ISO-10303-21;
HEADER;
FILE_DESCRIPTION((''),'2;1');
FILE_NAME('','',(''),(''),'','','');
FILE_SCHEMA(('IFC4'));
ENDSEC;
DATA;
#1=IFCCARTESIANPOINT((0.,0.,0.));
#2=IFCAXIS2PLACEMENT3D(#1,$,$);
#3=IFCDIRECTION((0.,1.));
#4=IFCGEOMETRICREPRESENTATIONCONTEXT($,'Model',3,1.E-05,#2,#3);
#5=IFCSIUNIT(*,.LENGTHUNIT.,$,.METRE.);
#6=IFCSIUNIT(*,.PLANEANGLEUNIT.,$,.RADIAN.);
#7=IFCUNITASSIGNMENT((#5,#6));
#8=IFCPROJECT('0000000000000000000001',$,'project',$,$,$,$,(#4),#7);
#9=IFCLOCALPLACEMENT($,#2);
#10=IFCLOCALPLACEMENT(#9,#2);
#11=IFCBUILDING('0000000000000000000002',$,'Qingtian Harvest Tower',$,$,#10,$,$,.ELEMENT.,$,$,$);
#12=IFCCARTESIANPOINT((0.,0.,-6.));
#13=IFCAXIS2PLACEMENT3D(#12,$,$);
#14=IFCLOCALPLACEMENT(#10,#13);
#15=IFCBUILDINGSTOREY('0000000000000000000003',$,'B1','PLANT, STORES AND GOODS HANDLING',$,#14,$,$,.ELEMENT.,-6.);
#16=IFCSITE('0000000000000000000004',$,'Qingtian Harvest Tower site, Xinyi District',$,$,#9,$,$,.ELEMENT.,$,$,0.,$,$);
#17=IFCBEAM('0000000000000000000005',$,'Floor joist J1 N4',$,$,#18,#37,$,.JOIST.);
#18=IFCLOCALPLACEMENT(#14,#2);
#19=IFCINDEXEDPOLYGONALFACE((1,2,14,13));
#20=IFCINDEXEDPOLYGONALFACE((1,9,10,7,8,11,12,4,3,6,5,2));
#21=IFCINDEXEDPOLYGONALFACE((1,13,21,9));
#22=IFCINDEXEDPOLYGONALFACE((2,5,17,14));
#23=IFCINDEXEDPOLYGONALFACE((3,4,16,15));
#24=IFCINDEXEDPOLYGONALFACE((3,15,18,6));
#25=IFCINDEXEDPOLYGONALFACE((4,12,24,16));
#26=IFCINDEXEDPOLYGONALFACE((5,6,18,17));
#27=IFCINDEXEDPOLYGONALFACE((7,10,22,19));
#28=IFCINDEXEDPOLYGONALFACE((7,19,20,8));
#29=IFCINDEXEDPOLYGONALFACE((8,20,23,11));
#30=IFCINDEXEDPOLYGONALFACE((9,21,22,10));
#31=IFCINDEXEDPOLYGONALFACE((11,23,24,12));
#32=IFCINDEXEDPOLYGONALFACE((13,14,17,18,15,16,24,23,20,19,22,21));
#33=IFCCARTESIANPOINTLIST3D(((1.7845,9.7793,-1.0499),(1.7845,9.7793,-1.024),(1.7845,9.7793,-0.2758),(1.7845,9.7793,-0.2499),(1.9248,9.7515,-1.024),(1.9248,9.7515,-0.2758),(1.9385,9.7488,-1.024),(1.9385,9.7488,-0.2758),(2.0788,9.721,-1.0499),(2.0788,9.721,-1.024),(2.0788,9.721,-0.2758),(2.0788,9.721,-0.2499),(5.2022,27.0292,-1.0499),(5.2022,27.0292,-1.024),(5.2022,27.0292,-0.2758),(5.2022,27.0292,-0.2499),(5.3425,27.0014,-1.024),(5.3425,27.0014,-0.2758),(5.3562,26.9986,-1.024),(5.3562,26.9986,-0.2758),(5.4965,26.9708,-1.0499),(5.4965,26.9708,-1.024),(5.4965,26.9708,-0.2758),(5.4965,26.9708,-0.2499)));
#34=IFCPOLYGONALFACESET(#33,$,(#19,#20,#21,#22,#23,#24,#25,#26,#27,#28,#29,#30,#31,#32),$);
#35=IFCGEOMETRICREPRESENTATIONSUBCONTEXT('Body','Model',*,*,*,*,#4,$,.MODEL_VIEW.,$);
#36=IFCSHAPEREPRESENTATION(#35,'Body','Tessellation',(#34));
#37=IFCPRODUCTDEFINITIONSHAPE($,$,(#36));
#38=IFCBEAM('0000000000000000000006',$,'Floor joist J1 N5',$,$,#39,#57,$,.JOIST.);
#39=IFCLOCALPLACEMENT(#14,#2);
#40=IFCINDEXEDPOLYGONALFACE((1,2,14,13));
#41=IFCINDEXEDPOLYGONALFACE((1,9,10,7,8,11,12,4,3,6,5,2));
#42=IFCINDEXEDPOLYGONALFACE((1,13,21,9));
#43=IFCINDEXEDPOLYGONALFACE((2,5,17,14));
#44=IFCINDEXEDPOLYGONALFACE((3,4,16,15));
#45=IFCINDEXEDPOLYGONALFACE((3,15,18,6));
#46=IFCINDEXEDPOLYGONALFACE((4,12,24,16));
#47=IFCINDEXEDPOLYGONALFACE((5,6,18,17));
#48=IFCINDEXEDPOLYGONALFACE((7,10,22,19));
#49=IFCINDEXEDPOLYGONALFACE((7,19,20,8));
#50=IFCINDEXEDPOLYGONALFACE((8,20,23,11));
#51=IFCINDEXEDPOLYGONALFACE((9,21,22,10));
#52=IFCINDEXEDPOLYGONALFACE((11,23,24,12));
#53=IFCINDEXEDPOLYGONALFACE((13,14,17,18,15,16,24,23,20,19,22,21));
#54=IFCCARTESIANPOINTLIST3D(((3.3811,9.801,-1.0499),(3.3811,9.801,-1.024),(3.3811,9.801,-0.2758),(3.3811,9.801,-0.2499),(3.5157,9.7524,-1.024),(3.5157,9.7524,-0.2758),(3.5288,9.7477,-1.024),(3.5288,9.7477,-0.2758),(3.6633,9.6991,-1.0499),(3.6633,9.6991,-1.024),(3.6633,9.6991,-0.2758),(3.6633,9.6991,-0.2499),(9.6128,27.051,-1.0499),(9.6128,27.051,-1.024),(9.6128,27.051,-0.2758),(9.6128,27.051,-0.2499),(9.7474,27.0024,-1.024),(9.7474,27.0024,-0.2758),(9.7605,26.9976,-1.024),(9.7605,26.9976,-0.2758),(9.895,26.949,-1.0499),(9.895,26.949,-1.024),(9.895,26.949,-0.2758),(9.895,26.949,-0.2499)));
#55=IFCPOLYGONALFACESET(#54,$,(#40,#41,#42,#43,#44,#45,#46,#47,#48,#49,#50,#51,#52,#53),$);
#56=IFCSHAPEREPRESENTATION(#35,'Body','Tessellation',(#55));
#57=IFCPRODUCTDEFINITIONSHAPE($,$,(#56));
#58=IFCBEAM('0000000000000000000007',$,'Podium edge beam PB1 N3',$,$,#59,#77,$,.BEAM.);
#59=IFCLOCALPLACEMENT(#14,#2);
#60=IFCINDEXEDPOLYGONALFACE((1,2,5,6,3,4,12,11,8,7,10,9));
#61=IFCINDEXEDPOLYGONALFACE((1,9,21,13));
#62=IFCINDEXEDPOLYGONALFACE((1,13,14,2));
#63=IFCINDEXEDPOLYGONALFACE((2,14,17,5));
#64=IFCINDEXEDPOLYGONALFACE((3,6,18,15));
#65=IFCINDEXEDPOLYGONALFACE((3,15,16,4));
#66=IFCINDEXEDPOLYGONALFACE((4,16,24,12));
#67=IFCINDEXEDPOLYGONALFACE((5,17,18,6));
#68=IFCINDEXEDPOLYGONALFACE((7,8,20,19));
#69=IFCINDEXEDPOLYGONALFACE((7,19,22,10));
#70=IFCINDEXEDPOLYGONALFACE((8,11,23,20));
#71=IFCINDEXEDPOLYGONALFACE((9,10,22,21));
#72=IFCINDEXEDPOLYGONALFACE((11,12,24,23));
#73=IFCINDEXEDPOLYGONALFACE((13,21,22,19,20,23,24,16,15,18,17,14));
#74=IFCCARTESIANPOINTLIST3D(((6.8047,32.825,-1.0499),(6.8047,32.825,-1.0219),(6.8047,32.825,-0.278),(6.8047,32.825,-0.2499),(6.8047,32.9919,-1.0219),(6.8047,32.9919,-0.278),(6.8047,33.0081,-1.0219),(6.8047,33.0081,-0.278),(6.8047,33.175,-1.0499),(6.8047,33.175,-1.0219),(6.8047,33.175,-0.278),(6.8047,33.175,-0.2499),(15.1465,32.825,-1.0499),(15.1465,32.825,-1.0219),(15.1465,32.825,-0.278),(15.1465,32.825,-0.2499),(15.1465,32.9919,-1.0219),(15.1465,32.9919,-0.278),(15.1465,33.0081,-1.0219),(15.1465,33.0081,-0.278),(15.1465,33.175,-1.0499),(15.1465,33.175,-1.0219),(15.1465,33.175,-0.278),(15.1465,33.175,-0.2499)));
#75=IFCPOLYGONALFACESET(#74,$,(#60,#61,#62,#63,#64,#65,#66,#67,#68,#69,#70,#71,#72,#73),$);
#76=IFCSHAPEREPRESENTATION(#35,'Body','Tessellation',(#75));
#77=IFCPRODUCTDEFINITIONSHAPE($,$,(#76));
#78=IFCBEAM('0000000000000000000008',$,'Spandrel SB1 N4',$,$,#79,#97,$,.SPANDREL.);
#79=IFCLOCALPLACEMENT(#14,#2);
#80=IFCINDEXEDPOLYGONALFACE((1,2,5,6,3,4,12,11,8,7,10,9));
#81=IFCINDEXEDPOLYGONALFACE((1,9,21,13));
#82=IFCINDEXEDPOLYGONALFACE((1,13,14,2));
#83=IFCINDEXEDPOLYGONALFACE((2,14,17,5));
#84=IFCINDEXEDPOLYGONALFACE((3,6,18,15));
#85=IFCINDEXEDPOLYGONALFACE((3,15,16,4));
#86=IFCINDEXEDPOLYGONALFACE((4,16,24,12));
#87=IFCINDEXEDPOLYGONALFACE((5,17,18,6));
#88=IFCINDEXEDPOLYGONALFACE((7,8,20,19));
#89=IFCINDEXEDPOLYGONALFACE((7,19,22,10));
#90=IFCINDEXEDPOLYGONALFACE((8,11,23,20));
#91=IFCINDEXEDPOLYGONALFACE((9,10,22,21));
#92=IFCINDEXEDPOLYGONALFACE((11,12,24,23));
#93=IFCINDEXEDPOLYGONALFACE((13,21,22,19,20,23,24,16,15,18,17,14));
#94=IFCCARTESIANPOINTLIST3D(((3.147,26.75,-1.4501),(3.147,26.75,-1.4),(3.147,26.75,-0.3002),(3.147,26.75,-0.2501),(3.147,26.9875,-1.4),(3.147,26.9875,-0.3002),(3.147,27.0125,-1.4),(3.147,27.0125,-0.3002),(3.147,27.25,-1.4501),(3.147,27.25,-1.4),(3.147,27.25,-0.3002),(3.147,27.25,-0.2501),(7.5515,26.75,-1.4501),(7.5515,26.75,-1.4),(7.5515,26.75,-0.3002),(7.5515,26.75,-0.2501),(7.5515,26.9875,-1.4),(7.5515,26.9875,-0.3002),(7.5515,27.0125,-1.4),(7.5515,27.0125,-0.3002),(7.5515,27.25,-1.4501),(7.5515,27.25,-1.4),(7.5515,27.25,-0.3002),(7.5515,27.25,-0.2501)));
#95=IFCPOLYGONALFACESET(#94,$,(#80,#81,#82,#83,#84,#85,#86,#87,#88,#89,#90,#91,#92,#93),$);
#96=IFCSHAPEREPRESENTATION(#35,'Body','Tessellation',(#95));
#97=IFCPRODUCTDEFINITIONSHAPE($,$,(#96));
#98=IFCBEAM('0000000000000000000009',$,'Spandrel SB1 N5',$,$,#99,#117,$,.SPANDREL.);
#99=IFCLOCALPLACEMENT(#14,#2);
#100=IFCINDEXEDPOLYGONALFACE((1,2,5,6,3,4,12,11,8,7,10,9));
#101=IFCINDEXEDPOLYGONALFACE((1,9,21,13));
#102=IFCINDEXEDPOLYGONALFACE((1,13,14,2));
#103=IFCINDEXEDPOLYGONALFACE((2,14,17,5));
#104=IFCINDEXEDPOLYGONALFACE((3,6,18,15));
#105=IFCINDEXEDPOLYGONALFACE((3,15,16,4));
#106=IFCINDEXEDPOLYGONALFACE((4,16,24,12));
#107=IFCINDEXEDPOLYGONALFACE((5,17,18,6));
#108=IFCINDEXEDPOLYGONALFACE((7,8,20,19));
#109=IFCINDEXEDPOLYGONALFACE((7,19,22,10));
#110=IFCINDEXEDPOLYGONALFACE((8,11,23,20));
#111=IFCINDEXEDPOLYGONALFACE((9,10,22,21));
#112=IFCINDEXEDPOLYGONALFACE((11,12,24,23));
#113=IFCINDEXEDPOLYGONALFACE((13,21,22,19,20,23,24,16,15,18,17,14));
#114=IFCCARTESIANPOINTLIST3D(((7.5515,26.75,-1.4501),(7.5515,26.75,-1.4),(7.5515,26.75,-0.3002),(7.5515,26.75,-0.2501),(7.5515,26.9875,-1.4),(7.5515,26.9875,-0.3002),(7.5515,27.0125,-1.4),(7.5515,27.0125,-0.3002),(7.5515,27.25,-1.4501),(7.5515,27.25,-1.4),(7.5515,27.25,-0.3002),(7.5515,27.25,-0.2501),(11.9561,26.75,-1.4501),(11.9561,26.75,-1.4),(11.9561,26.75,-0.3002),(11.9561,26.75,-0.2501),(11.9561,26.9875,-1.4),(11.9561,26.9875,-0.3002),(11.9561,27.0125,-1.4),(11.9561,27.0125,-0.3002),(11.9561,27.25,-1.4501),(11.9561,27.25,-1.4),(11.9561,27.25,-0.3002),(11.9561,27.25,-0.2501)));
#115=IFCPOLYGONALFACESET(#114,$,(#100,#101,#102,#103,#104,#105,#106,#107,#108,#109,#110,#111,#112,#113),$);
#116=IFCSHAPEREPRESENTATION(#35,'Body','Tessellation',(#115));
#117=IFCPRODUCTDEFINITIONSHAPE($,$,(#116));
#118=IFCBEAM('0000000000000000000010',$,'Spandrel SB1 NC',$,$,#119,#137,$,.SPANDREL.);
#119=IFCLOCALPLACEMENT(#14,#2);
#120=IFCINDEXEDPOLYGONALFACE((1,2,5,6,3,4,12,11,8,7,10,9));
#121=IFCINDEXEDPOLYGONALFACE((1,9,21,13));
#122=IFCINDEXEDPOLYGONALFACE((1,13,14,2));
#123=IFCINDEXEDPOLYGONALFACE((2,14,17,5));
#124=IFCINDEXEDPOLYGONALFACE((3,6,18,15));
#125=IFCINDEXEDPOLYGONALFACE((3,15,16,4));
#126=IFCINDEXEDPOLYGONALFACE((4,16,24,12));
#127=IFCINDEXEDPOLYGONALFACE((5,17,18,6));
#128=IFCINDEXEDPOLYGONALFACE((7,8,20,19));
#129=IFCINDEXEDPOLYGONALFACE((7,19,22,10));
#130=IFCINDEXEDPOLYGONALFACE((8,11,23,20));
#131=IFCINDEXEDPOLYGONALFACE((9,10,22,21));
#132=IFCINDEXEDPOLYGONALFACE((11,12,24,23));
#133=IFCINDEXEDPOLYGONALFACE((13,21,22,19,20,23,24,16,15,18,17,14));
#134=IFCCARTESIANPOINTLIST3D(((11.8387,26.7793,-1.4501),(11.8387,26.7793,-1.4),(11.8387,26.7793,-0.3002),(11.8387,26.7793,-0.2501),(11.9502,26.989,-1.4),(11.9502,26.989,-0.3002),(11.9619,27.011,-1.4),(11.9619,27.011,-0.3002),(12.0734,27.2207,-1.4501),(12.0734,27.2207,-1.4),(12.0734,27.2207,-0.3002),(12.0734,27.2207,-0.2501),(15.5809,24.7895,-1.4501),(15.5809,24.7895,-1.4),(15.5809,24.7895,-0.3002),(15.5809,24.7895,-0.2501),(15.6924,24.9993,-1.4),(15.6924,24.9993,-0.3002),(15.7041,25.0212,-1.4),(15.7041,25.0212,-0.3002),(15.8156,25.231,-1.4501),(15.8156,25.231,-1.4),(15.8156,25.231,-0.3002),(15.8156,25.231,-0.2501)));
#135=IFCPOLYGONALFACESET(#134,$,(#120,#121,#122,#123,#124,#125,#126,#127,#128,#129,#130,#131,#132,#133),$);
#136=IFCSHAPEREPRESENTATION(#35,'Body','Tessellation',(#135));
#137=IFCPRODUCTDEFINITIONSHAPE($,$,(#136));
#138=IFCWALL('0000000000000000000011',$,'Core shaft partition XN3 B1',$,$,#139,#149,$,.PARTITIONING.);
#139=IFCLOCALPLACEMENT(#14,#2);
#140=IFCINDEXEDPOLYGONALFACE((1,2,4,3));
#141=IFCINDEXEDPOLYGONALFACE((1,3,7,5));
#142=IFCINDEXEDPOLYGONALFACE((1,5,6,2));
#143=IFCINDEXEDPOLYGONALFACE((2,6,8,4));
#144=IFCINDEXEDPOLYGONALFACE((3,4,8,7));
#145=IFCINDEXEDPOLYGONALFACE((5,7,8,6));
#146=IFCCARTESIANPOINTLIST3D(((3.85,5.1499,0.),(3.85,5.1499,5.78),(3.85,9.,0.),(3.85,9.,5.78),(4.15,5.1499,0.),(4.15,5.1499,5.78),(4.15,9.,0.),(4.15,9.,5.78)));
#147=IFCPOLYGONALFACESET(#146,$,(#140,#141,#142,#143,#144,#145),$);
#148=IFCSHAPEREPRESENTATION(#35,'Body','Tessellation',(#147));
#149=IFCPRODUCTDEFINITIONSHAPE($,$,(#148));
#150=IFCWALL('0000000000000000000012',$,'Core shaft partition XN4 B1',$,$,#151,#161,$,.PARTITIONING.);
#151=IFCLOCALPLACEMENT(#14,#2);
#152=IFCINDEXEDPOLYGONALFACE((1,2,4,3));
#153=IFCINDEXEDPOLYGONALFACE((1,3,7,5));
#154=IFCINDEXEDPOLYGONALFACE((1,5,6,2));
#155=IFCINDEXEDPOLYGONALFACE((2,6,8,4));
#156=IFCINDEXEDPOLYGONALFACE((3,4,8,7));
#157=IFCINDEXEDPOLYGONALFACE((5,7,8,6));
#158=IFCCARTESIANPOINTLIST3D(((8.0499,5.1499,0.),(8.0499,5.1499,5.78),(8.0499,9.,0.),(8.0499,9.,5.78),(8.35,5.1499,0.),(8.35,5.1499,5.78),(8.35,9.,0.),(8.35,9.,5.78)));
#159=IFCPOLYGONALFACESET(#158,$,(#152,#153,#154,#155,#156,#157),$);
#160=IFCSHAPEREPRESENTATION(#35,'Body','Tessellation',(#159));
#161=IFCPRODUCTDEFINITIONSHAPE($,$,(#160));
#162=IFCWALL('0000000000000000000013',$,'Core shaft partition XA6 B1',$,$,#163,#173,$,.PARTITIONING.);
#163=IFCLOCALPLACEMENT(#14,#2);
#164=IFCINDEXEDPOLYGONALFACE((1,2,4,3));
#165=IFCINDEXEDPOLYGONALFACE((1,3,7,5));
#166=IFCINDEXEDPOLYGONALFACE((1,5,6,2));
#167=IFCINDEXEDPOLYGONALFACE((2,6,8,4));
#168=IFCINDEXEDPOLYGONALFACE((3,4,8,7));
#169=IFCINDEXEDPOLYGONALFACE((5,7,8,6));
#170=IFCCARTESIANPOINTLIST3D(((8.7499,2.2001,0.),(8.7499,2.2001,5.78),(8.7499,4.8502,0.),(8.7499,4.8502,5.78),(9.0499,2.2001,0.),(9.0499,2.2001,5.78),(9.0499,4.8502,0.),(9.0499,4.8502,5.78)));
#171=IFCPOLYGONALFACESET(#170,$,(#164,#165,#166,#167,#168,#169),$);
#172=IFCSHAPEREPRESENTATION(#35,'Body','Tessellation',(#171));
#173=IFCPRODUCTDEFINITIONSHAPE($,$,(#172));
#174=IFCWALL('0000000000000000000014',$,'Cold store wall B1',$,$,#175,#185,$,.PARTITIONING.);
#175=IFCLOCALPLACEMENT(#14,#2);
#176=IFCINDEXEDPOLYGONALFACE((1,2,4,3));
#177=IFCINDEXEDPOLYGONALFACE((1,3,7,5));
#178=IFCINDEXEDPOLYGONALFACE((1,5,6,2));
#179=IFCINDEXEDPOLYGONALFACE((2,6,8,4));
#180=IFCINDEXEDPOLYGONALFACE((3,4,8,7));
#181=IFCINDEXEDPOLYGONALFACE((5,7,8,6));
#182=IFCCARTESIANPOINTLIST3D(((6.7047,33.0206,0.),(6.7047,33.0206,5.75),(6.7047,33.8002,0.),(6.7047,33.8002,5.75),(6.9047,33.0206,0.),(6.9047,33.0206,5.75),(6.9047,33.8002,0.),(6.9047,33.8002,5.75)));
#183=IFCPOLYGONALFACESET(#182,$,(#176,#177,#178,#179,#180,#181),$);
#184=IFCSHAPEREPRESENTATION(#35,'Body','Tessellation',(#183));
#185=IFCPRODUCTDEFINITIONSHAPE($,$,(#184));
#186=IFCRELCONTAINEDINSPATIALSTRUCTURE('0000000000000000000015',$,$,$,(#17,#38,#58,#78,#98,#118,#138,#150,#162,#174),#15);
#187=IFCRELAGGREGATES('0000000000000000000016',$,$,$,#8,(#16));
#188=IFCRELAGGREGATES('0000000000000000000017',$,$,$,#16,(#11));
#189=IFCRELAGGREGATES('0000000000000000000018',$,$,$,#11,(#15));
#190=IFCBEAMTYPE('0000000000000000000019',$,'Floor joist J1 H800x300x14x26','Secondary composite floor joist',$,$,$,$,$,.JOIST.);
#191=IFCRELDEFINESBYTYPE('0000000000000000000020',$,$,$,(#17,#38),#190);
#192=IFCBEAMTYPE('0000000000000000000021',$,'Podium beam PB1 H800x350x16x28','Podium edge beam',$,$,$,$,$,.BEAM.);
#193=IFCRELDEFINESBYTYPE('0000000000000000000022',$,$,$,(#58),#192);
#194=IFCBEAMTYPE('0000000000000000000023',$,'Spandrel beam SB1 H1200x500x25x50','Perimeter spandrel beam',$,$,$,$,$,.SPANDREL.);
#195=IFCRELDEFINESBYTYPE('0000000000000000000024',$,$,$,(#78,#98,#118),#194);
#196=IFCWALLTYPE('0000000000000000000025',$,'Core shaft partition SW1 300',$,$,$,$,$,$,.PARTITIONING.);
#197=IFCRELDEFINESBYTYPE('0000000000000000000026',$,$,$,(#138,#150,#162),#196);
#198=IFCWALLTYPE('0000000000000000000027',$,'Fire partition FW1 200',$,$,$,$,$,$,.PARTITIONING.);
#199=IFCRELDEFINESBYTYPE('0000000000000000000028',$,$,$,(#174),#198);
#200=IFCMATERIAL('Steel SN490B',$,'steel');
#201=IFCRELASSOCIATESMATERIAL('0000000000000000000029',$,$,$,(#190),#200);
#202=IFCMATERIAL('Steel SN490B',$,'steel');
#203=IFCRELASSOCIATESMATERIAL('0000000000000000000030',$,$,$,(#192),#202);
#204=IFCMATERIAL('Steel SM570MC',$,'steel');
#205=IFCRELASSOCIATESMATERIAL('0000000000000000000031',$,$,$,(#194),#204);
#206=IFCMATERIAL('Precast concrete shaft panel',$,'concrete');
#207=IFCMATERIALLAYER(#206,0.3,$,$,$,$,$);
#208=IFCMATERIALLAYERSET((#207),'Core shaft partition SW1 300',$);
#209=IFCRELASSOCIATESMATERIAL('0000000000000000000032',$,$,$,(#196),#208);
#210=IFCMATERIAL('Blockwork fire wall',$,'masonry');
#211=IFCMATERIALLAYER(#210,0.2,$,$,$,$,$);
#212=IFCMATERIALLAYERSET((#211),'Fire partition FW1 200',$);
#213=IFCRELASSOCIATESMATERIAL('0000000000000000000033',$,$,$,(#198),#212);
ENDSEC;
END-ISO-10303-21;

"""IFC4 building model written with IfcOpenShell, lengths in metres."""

from ifc_helpers import new_model, si_unit, direction, frame, frame_2d, origin, origin_2d, place, context, subcontext, project, spatial, rectangle, i_section, extrude, material, layer, layer_set, material_profile, profile_set, type_object, element, save


model = new_model("IFC4")

# Units and contexts
model_context = context("Model", 3, precision=1e-05, world=origin(), true_north=direction((0.0, 1.0)))
body_context = subcontext(model_context, "Body", "Model", "MODEL_VIEW")
ifc_project = project(units=[si_unit("LENGTHUNIT", "METRE"), si_unit("PLANEANGLEUNIT", "RADIAN")], contexts=[model_context])

# Site, building, storey
site_placement = place(None, origin())
site = spatial("IfcSite", under=ifc_project, at=site_placement, Name="Qingtian Harvest Tower site, Xinyi District", CompositionType="ELEMENT", RefElevation=0.0)
building_placement = place(site_placement, origin())
building = spatial("IfcBuilding", under=site, at=building_placement, Name="Qingtian Harvest Tower", CompositionType="ELEMENT")
storey_placement = place(building_placement, frame((0.0, 0.0, -6.0)))
storey = spatial("IfcBuildingStorey", under=building, at=storey_placement, Name="B1", Description="PLANT, STORES AND GOODS HANDLING", CompositionType="ELEMENT", Elevation=-6.0)

# Beams
ifc_material_1 = material(Name="Steel SN490B", Category="steel")
ifc_material_profile_1 = material_profile(ifc_material_1, i_section(OverallWidth=0.3, OverallDepth=0.8, WebThickness=0.0139, FlangeThickness=0.0259, at=origin_2d()), Name="H800x300x14x26")
ifc_profile_set_1 = profile_set([ifc_material_profile_1], Name="Steel SN490B")
beam_type_1 = type_object("IfcBeamType", Name="Floor joist J1 H800x300x14x26", Description="Secondary composite floor joist", PredefinedType="JOIST", material=ifc_profile_set_1)
beam_1_placement = place(storey_placement, frame((5.3494, 27.0, -0.6499), z_axis=(-0.194351, -0.980932, 0.0), x_axis=(0.980932, -0.194351, 0.0)))
element("IfcBeam", 1, at=beam_1_placement, inside=storey, type_object=beam_type_1, Name="Floor joist J1 N4", PredefinedType="JOIST", context=body_context, shape_type="SweptSolid", body=[
    extrude(i_section(OverallWidth=0.3, OverallDepth=0.8, WebThickness=0.0139, FlangeThickness=0.0259, at=origin_2d()), origin(), (0.0, 0.0, 1.0), 17.5852),
])
beam_2_placement = place(storey_placement, frame((9.7539, 27.0, -0.6499), z_axis=(-0.339766, -0.94051, 0.0), x_axis=(0.94051, -0.339766, 0.0)))
element("IfcBeam", 2, at=beam_2_placement, inside=storey, type_object=beam_type_1, Name="Floor joist J1 N5", PredefinedType="JOIST", context=body_context, shape_type="SweptSolid", body=[
    extrude(i_section(OverallWidth=0.3, OverallDepth=0.8, WebThickness=0.0139, FlangeThickness=0.0259, at=origin_2d()), origin(), (0.0, 0.0, 1.0), 18.3411),
])
ifc_material_2 = material(Name="Steel SN490B", Category="steel")
ifc_material_profile_2 = material_profile(ifc_material_2, i_section(OverallWidth=0.3501, OverallDepth=0.8, WebThickness=0.0161, FlangeThickness=0.0281, at=origin_2d()), Name="H800x350x16x28")
ifc_profile_set_2 = profile_set([ifc_material_profile_2], Name="Steel SN490B")
beam_type_2 = type_object("IfcBeamType", Name="Podium beam PB1 H800x350x16x28", Description="Podium edge beam", PredefinedType="BEAM", material=ifc_profile_set_2)
beam_3_placement = place(storey_placement, frame((6.8047, 33.0, -0.6499), z_axis=(1.0, 0.0, 0.0), x_axis=(0.0, 1.0, 0.0)))
element("IfcBeam", 3, at=beam_3_placement, inside=storey, type_object=beam_type_2, Name="Podium edge beam PB1 N3", PredefinedType="BEAM", context=body_context, shape_type="SweptSolid", body=[
    extrude(i_section(OverallWidth=0.3501, OverallDepth=0.8, WebThickness=0.0161, FlangeThickness=0.0281, at=origin_2d()), origin(), (0.0, 0.0, 1.0), 8.3418),
])
ifc_material_3 = material(Name="Steel SM570MC", Category="steel")
ifc_material_profile_3 = material_profile(ifc_material_3, i_section(OverallWidth=0.5, OverallDepth=1.2, WebThickness=0.0249, FlangeThickness=0.05, at=origin_2d()), Name="H1200x500x25x50")
ifc_profile_set_3 = profile_set([ifc_material_profile_3], Name="Steel SM570MC")
beam_type_3 = type_object("IfcBeamType", Name="Spandrel beam SB1 H1200x500x25x50", Description="Perimeter spandrel beam", PredefinedType="SPANDREL", material=ifc_profile_set_3)
for number, where, z_axis, x_axis, name in (
    (4, (3.147, 27.0, -0.8501), (1.0, 0.0, 0.0), (0.0, 1.0, 0.0), "Spandrel SB1 N4"),
    (5, (7.5515, 27.0, -0.8501), (1.0, 0.0, 0.0), (0.0, 1.0, 0.0), "Spandrel SB1 N5"),
):
    element("IfcBeam", number, at=place(storey_placement, frame(where, z_axis=z_axis, x_axis=x_axis)), inside=storey, type_object=beam_type_3, Name=name, PredefinedType="SPANDREL", context=body_context, shape_type="SweptSolid", body=[
        extrude(i_section(OverallWidth=0.5, OverallDepth=1.2, WebThickness=0.0249, FlangeThickness=0.05, at=origin_2d()), origin(), (0.0, 0.0, 1.0), 4.4045),
    ])
beam_4_placement = place(storey_placement, frame((11.9561, 27.0, -0.8501), z_axis=(0.882949, -0.46947, 0.0), x_axis=(0.46947, 0.882949, 0.0)))
element("IfcBeam", 6, at=beam_4_placement, inside=storey, type_object=beam_type_3, Name="Spandrel SB1 NC", PredefinedType="SPANDREL", context=body_context, shape_type="SweptSolid", body=[
    extrude(i_section(OverallWidth=0.5, OverallDepth=1.2, WebThickness=0.0249, FlangeThickness=0.05, at=origin_2d()), origin(), (0.0, 0.0, 1.0), 4.2383),
])

# Shared definitions
ifc_material_4 = material(Name="Precast concrete shaft panel", Category="concrete")
ifc_layer_1 = layer(ifc_material_4, 0.3)
ifc_layer_set_1 = layer_set([ifc_layer_1], Name="Core shaft partition SW1 300")
wall_type_1 = type_object("IfcWallType", Name="Core shaft partition SW1 300", PredefinedType="PARTITIONING", material=ifc_layer_set_1)

# Walls
for number, where, z_axis, x_axis, name in (
    (7, (4.0, 5.1499, 0.0), (0.0, 0.0, 1.0), (0.0, 1.0, 0.0), "Core shaft partition XN3 B1"),
    (8, (8.2, 5.1499, 0.0), (0.0, 0.0, 1.0), (0.0, 1.0, 0.0), "Core shaft partition XN4 B1"),
):
    element("IfcWall", number, at=place(storey_placement, frame(where, z_axis=z_axis, x_axis=x_axis)), inside=storey, type_object=wall_type_1, Name=name, PredefinedType="PARTITIONING", context=body_context, shape_type="SweptSolid", body=[
        extrude(rectangle(XDim=3.8501, YDim=0.3, at=frame_2d((1.925, 0.0))), origin(), (0.0, 0.0, 1.0), 5.78),
    ])
wall_1_placement = place(storey_placement, frame((8.8999, 2.2, 0.0), z_axis=(0.0, 0.0, 1.0), x_axis=(0.0, 1.0, 0.0)))
element("IfcWall", 9, at=wall_1_placement, inside=storey, type_object=wall_type_1, Name="Core shaft partition XA6 B1", PredefinedType="PARTITIONING", context=body_context, shape_type="SweptSolid", body=[
    extrude(rectangle(XDim=2.6501, YDim=0.3, at=frame_2d((1.3252, 0.0))), origin(), (0.0, 0.0, 1.0), 5.78),
])
ifc_material_5 = material(Name="Blockwork fire wall", Category="masonry")
ifc_layer_2 = layer(ifc_material_5, 0.2)
ifc_layer_set_2 = layer_set([ifc_layer_2], Name="Fire partition FW1 200")
wall_type_2 = type_object("IfcWallType", Name="Fire partition FW1 200", PredefinedType="PARTITIONING", material=ifc_layer_set_2)
wall_2_placement = place(storey_placement, frame((6.8047, 33.8, 0.0), z_axis=(0.0, 0.0, 1.0), x_axis=(0.0, -1.0, 0.0)))
element("IfcWall", 10, at=wall_2_placement, inside=storey, type_object=wall_type_2, Name="Cold store wall B1", PredefinedType="PARTITIONING", context=body_context, shape_type="SweptSolid", body=[
    extrude(rectangle(XDim=0.7795, YDim=0.2, at=frame_2d((0.3896, 0.0))), origin(), (0.0, 0.0, 1.0), 5.75),
])

save(model, "model.ifc")
